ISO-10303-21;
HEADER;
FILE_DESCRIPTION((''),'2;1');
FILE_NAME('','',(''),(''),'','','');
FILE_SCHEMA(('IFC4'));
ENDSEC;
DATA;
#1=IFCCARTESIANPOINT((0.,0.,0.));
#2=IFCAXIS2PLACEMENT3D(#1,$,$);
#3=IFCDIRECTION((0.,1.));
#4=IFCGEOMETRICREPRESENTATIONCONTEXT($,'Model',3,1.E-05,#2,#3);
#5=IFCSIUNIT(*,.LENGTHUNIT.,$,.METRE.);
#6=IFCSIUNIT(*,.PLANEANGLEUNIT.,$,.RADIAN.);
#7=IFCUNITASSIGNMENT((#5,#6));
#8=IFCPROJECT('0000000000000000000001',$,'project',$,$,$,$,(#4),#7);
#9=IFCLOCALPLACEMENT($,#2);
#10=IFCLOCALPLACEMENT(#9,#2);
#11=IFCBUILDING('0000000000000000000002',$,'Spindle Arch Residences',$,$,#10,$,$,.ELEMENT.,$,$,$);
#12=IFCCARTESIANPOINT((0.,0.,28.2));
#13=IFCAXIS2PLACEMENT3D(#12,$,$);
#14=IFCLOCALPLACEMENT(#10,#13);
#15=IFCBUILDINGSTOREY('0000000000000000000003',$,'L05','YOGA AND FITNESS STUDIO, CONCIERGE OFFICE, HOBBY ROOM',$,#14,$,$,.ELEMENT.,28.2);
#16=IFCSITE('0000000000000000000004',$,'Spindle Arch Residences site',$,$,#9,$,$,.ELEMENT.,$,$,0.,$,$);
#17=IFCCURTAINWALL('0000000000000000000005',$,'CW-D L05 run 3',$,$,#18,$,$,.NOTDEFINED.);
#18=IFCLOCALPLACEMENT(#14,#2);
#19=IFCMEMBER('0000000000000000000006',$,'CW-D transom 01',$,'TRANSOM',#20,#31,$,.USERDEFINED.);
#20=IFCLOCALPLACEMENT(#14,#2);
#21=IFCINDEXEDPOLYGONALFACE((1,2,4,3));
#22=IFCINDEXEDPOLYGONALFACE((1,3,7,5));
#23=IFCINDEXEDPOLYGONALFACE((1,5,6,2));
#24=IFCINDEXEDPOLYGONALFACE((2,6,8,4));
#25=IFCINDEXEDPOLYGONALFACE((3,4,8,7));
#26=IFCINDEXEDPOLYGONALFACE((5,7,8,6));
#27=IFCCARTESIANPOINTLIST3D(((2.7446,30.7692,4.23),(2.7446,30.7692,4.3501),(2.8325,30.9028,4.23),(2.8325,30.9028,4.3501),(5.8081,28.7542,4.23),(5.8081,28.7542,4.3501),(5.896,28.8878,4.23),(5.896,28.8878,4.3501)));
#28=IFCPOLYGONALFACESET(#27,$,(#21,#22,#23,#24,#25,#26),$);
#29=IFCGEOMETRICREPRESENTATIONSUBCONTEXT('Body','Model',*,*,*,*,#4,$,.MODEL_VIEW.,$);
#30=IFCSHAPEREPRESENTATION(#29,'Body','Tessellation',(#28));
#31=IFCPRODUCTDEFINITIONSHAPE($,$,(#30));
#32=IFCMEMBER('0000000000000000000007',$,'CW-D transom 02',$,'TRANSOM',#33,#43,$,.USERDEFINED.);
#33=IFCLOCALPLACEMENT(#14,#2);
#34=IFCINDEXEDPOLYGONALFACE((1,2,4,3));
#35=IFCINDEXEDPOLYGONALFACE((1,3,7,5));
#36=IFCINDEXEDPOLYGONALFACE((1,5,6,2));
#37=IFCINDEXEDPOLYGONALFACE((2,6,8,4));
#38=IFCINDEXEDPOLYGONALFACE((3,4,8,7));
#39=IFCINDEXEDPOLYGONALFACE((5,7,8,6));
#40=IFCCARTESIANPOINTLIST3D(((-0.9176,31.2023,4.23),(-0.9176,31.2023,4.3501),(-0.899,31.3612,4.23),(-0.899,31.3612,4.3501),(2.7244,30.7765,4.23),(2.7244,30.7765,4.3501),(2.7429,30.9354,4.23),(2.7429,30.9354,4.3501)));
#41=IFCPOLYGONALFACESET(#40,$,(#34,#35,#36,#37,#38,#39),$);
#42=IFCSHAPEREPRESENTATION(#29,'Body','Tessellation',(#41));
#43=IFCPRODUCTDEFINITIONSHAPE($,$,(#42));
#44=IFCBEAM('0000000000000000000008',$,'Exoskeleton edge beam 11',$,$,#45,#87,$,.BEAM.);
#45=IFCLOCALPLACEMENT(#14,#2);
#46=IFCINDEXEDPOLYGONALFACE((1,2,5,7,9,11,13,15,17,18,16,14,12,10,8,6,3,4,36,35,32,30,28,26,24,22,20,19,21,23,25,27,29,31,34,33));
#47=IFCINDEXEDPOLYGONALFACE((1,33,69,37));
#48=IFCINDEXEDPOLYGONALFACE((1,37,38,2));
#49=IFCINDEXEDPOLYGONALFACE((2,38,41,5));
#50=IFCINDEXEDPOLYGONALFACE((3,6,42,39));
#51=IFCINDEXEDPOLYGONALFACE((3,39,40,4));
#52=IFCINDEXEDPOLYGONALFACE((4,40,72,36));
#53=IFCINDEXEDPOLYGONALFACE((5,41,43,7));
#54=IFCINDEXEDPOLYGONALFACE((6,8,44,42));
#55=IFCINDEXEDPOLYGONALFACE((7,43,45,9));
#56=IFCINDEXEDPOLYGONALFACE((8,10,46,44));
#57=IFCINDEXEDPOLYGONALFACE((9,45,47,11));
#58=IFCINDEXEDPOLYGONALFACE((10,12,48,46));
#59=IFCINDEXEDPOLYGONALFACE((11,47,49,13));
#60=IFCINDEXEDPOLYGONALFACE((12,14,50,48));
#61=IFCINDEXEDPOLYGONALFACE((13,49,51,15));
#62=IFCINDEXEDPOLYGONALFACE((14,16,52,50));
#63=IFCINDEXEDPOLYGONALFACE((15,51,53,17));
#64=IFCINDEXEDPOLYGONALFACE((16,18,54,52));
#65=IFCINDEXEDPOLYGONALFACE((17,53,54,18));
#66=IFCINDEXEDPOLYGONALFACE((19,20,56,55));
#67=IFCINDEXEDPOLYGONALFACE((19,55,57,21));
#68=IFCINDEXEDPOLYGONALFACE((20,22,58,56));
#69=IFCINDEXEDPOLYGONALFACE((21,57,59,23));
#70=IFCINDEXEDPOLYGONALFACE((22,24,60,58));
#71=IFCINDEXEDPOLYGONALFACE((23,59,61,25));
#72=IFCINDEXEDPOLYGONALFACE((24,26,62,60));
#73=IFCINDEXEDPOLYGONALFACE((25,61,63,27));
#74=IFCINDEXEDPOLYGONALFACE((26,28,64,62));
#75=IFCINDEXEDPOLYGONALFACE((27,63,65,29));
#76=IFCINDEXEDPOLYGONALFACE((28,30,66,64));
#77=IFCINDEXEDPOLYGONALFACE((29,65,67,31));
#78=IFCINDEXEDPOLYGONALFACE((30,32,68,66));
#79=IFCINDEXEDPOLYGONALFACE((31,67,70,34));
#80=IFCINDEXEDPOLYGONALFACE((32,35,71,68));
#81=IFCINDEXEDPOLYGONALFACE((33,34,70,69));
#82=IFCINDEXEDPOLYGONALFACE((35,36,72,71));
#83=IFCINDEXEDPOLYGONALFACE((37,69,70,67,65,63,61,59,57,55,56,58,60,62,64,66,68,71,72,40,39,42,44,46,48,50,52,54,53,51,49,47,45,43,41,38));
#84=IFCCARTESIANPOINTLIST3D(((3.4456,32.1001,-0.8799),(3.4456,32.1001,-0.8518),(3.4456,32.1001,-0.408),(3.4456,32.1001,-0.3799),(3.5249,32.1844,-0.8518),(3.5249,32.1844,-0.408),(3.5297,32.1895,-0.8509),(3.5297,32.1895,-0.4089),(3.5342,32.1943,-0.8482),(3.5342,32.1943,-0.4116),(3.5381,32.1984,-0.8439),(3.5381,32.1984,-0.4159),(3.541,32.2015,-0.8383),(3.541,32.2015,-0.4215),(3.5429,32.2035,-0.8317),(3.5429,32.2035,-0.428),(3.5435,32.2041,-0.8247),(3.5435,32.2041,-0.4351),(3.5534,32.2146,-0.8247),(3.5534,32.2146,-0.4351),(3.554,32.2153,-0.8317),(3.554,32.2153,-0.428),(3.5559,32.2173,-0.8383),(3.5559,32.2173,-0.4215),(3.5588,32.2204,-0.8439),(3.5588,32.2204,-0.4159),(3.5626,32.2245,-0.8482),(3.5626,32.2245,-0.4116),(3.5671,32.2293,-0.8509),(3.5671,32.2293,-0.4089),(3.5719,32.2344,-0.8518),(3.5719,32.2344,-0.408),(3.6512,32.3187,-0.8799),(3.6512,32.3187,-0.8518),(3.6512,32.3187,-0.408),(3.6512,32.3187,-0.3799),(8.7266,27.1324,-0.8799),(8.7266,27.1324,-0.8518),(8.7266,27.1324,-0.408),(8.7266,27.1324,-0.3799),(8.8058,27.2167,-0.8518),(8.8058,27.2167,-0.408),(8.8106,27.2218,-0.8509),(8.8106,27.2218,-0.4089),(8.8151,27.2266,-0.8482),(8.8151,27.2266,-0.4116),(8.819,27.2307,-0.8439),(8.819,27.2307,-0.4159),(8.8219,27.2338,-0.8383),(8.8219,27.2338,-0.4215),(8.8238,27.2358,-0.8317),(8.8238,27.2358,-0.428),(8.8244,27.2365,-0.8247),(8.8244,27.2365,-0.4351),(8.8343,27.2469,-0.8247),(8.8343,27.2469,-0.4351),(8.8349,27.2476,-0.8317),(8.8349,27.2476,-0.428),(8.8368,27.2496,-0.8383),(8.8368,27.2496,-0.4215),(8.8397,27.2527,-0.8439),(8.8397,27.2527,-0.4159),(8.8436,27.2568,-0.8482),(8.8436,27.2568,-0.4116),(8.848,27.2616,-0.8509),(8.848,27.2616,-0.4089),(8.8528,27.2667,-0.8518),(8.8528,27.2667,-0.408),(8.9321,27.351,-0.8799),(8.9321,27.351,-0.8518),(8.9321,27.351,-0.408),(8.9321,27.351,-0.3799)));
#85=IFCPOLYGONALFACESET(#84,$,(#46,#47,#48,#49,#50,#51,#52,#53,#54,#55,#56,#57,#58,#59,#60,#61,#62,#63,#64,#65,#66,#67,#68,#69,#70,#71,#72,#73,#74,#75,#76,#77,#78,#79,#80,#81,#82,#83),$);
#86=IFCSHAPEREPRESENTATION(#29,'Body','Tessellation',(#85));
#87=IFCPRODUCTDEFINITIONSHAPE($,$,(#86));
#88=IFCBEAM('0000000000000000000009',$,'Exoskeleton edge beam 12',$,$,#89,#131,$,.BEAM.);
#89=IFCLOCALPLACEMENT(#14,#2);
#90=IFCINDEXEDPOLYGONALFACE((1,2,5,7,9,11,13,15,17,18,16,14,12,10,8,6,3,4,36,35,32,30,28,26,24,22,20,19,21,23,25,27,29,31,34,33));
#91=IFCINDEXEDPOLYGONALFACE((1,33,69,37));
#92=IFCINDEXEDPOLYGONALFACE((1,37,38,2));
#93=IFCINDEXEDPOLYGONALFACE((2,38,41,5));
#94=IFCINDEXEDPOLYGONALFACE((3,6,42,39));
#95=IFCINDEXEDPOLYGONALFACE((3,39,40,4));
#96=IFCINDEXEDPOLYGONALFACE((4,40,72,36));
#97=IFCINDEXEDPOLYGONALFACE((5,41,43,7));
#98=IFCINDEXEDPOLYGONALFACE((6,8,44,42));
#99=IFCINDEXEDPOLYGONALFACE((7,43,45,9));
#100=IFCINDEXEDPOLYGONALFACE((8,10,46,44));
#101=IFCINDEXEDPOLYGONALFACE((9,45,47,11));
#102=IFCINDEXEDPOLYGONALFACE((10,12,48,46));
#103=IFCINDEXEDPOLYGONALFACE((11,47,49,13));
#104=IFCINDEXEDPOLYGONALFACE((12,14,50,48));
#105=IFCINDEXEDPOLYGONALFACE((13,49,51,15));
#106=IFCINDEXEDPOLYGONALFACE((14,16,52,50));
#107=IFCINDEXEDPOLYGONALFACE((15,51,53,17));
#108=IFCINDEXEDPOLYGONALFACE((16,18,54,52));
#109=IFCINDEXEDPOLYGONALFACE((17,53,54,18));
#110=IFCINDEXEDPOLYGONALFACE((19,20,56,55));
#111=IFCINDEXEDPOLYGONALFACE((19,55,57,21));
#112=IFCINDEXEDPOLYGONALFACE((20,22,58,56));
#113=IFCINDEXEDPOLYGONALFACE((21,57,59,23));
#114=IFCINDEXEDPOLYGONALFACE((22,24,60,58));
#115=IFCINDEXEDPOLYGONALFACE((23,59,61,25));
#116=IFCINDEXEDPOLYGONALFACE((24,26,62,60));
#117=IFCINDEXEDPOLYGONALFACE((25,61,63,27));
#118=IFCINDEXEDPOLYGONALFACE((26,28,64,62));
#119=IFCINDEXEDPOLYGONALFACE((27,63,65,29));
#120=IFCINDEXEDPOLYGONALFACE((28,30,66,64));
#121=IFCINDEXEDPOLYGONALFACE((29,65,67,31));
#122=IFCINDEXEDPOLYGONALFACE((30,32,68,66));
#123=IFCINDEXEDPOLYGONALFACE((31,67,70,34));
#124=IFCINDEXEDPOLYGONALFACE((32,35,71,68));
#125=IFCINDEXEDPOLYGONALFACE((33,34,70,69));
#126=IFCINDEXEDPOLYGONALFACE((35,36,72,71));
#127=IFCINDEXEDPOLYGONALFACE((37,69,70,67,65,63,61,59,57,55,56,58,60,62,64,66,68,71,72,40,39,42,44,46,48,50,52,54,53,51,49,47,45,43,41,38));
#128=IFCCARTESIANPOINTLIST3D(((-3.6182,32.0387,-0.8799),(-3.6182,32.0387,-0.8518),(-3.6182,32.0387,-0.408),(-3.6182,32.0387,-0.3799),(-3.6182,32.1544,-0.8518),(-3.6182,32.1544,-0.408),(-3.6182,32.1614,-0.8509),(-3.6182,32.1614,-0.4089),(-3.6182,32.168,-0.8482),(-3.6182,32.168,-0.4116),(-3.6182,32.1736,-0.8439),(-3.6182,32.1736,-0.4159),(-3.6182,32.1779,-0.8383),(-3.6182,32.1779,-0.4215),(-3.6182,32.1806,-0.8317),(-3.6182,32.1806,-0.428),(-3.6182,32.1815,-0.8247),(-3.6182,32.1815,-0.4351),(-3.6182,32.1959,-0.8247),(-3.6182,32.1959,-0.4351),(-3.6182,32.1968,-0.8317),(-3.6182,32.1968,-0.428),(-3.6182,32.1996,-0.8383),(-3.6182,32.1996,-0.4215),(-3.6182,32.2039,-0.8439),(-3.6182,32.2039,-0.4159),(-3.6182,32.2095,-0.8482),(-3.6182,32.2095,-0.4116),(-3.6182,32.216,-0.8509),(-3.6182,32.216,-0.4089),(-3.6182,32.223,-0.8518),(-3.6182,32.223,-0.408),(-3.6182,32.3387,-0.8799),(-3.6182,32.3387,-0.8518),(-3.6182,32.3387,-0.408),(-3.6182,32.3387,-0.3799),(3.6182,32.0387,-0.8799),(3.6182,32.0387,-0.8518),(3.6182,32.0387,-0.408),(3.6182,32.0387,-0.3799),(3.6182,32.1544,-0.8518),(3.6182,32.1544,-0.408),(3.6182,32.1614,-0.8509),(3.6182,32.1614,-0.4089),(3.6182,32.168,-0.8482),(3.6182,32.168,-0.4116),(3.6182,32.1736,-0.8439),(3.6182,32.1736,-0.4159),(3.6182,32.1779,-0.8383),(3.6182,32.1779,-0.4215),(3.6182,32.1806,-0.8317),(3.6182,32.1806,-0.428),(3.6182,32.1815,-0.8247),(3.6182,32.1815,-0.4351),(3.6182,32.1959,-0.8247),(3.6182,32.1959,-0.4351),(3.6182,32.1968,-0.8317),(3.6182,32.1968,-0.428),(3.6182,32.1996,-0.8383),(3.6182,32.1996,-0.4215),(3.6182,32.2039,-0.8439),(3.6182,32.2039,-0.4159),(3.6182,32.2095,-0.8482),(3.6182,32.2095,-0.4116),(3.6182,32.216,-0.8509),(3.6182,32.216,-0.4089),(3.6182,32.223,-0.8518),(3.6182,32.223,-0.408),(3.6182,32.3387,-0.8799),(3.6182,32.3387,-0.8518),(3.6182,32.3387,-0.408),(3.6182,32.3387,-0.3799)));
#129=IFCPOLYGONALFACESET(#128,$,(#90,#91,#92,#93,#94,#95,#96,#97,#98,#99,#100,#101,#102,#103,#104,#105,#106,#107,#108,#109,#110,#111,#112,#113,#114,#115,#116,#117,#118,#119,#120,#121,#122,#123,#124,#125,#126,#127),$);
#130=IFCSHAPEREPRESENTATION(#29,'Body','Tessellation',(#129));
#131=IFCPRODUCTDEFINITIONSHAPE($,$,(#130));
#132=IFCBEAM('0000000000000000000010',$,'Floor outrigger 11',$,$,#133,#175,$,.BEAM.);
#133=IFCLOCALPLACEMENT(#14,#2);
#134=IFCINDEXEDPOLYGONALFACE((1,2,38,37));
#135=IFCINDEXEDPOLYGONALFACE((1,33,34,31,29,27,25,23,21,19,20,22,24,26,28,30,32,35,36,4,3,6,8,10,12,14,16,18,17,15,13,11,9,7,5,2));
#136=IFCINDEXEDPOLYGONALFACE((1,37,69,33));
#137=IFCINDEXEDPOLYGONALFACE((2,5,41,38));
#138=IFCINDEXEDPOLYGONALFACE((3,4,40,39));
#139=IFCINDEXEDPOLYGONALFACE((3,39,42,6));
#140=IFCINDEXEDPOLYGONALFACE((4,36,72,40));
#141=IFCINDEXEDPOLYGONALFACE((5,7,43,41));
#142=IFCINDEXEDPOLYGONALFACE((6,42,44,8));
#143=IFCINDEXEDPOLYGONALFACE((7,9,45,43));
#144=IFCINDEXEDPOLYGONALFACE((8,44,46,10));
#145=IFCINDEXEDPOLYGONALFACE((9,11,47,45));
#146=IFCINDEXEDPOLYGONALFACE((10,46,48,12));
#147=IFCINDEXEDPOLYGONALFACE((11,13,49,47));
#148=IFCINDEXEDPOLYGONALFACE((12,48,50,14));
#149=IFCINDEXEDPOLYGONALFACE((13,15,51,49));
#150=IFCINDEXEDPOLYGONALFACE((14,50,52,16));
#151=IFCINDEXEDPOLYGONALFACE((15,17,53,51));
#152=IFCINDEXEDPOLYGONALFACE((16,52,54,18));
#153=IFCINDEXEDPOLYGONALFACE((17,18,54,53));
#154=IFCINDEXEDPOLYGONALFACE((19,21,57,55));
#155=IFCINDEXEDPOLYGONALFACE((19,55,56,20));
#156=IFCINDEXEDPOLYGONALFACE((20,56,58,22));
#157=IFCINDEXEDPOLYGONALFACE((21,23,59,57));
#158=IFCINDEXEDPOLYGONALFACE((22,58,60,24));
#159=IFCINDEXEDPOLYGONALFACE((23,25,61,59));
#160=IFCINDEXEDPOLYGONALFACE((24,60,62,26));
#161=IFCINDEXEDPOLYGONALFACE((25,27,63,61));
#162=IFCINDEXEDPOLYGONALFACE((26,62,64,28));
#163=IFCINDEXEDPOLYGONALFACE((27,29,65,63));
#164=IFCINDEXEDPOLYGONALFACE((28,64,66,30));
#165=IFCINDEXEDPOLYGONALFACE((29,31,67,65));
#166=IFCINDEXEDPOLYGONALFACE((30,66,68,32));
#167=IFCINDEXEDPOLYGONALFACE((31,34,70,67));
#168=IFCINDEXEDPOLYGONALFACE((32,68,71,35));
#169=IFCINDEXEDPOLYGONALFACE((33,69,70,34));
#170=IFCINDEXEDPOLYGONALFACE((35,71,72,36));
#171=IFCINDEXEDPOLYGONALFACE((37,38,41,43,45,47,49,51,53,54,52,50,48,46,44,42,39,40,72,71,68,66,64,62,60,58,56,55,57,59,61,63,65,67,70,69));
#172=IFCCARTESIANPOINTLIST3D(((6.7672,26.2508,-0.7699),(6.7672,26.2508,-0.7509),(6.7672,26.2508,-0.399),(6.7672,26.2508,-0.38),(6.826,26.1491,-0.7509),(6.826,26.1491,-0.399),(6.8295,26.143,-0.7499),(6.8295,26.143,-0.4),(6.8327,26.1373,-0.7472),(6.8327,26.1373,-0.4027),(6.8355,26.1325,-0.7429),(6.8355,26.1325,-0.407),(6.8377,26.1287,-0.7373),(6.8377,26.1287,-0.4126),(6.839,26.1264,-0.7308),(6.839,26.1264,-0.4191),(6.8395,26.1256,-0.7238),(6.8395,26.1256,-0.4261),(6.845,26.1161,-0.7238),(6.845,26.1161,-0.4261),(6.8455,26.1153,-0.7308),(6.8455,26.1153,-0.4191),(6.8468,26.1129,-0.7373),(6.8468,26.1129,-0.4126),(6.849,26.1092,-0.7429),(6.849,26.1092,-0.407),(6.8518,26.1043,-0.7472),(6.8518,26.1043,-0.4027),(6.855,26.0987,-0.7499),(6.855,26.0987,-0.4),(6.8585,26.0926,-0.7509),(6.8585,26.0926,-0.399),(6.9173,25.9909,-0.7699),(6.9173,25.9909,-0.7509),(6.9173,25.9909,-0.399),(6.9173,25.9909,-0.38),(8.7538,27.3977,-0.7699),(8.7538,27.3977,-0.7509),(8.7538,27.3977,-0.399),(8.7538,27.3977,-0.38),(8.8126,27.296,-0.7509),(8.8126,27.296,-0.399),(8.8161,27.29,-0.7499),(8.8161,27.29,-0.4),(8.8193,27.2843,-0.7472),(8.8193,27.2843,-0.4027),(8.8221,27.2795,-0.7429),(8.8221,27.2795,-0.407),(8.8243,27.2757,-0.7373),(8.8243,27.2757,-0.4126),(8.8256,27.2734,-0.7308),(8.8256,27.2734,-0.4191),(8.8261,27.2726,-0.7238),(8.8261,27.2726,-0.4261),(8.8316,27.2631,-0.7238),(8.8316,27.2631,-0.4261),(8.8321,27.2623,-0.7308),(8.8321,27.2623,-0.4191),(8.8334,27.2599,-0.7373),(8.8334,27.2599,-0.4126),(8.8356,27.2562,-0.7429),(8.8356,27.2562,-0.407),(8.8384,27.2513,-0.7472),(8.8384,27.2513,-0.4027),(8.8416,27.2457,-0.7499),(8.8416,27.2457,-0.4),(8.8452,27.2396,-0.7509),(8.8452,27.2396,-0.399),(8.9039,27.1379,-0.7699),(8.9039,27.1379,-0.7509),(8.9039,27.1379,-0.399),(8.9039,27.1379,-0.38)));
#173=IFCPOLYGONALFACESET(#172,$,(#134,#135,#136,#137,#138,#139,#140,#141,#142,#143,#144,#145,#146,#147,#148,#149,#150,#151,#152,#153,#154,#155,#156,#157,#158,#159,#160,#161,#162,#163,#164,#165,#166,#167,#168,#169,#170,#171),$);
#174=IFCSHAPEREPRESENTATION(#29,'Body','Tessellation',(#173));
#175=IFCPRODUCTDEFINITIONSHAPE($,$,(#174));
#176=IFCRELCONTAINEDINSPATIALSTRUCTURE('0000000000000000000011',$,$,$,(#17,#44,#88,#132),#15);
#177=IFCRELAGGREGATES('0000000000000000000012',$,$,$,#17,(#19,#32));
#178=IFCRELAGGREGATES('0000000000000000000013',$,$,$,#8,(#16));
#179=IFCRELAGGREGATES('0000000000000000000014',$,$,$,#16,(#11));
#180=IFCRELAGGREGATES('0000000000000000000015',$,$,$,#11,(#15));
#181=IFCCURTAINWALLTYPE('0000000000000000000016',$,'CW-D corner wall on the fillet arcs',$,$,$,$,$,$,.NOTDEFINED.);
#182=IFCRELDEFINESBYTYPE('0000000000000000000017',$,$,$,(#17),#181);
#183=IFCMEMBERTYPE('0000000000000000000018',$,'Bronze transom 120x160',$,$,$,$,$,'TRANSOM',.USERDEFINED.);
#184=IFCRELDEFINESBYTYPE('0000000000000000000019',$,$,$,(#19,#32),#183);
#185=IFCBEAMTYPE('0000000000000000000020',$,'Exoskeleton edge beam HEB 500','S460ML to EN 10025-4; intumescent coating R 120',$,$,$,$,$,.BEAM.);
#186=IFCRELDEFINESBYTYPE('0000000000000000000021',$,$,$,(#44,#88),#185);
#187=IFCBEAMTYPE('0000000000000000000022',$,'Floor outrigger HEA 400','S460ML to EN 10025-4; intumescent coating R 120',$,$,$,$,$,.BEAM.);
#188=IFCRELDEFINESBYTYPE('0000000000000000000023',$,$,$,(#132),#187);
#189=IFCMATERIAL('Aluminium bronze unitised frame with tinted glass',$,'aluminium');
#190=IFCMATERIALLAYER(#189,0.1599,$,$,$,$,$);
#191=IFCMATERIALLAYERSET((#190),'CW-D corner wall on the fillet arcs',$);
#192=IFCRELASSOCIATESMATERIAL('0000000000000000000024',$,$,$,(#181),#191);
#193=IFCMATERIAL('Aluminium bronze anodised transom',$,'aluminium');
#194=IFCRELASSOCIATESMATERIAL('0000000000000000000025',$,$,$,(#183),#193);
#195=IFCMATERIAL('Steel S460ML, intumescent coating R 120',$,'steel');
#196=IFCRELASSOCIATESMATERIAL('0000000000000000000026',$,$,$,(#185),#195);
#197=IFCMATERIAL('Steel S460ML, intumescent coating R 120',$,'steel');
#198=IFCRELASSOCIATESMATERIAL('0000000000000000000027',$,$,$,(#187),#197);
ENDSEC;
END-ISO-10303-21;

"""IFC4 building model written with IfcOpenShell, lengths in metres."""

from ifc_helpers import new_model, si_unit, direction, frame, origin, origin_2d, place, context, subcontext, project, spatial, rectangle, i_section, extrude, material, layer, layer_set, material_profile, profile_set, type_object, element, aggregate, save


model = new_model("IFC4")

# Units and contexts
model_context = context("Model", 3, precision=1e-05, world=origin(), true_north=direction((0.0, 1.0)))
body_context = subcontext(model_context, "Body", "Model", "MODEL_VIEW")
ifc_project = project(units=[si_unit("LENGTHUNIT", "METRE"), si_unit("PLANEANGLEUNIT", "RADIAN")], contexts=[model_context])

# Site, building, storey
site_placement = place(None, origin())
site = spatial("IfcSite", under=ifc_project, at=site_placement, Name="Spindle Arch Residences site", CompositionType="ELEMENT", RefElevation=0.0)
building_placement = place(site_placement, origin())
building = spatial("IfcBuilding", under=site, at=building_placement, Name="Spindle Arch Residences", CompositionType="ELEMENT")
storey_placement = place(building_placement, frame((0.0, 0.0, 28.2)))
storey = spatial("IfcBuildingStorey", under=building, at=storey_placement, Name="L05", Description="YOGA AND FITNESS STUDIO, CONCIERGE OFFICE, HOBBY ROOM", CompositionType="ELEMENT", Elevation=28.2)

# Curtain wall, members
ifc_material_1 = material(Name="Aluminium bronze unitised frame with tinted glass", Category="aluminium")
ifc_layer_1 = layer(ifc_material_1, 0.1599)
ifc_layer_set_1 = layer_set([ifc_layer_1], Name="CW-D corner wall on the fillet arcs")
curtain_wall_type_1 = type_object("IfcCurtainWallType", Name="CW-D corner wall on the fillet arcs", PredefinedType="NOTDEFINED", material=ifc_layer_set_1)
curtain_wall_1_placement = place(storey_placement, origin())
curtain_wall_1 = element("IfcCurtainWall", 1, at=curtain_wall_1_placement, inside=storey, type_object=curtain_wall_type_1, Name="CW-D L05 run 3", PredefinedType="NOTDEFINED")
ifc_material_2 = material(Name="Aluminium bronze anodised transom", Category="aluminium")
ifc_material_profile_1 = material_profile(ifc_material_2, rectangle(XDim=0.1599, YDim=0.1201, at=origin_2d()), Name="TR 120x160")
ifc_profile_set_1 = profile_set([ifc_material_profile_1], Name="Aluminium bronze anodised transom")
member_type_1 = type_object("IfcMemberType", Name="Bronze transom 120x160", ElementType="TRANSOM", PredefinedType="USERDEFINED", material=ifc_profile_set_1)
member_1_placement = place(storey_placement, frame((5.8521, 28.821, 4.29), z_axis=(-0.835486, 0.549511, 0.0), x_axis=(-0.549511, -0.835486, 0.0)))
member_1 = element("IfcMember", 2, at=member_1_placement, type_object=member_type_1, Name="CW-D transom 01", ObjectType="TRANSOM", PredefinedType="USERDEFINED", context=body_context, shape_type="SweptSolid", body=[
    extrude(rectangle(XDim=0.1599, YDim=0.1201, at=origin_2d()), origin(), (0.0, 0.0, 1.0), 3.6667),
])
member_2_placement = place(storey_placement, frame((2.7336, 30.856, 4.29), z_axis=(-0.993235, 0.116123, 0.0), x_axis=(-0.116123, -0.993235, 0.0)))
member_2 = element("IfcMember", 3, at=member_2_placement, type_object=member_type_1, Name="CW-D transom 02", ObjectType="TRANSOM", PredefinedType="USERDEFINED", context=body_context, shape_type="SweptSolid", body=[
    extrude(rectangle(XDim=0.1599, YDim=0.1201, at=origin_2d()), origin(), (0.0, 0.0, 1.0), 3.6667),
])

# Beams
ifc_material_3 = material(Name="Steel S460ML, intumescent coating R 120", Category="steel")
ifc_material_profile_2 = material_profile(ifc_material_3, i_section(OverallWidth=0.3, OverallDepth=0.5, WebThickness=0.0144, FlangeThickness=0.0281, FilletRadius=0.0271, at=origin_2d()), Name="HEB 500")
ifc_profile_set_2 = profile_set([ifc_material_profile_2], Name="Steel S460ML, intumescent coating R 120")
beam_type_1 = type_object("IfcBeamType", Name="Exoskeleton edge beam HEB 500", Description="S460ML to EN 10025-4; intumescent coating R 120", PredefinedType="BEAM", material=ifc_profile_set_2)
beam_1_placement = place(storey_placement, frame((8.8293, 27.2417, -0.6299), z_axis=(-0.728378, 0.685176, 0.0), x_axis=(-0.685176, -0.728378, 0.0)))
element("IfcBeam", 4, at=beam_1_placement, inside=storey, type_object=beam_type_1, Name="Exoskeleton edge beam 11", PredefinedType="BEAM", context=body_context, shape_type="SweptSolid", body=[
    extrude(i_section(OverallWidth=0.3, OverallDepth=0.5, WebThickness=0.0144, FlangeThickness=0.0281, FilletRadius=0.0271, at=origin_2d()), origin(), (0.0, 0.0, 1.0), 7.2502),
])
beam_2_placement = place(storey_placement, frame((3.6182, 32.1887, -0.6299), z_axis=(-1.0, 0.0, 0.0), x_axis=(0.0, -1.0, 0.0)))
element("IfcBeam", 5, at=beam_2_placement, inside=storey, type_object=beam_type_1, Name="Exoskeleton edge beam 12", PredefinedType="BEAM", context=body_context, shape_type="SweptSolid", body=[
    extrude(i_section(OverallWidth=0.3, OverallDepth=0.5, WebThickness=0.0144, FlangeThickness=0.0281, FilletRadius=0.0271, at=origin_2d()), origin(), (0.0, 0.0, 1.0), 7.2363),
])
ifc_material_4 = material(Name="Steel S460ML, intumescent coating R 120", Category="steel")
ifc_material_profile_3 = material_profile(ifc_material_4, i_section(OverallWidth=0.3, OverallDepth=0.3899, WebThickness=0.011, FlangeThickness=0.019, FilletRadius=0.0271, at=origin_2d()), Name="HEA 400")
ifc_profile_set_3 = profile_set([ifc_material_profile_3], Name="Steel S460ML, intumescent coating R 120")
beam_type_2 = type_object("IfcBeamType", Name="Floor outrigger HEA 400", Description="S460ML to EN 10025-4; intumescent coating R 120", PredefinedType="BEAM", material=ifc_profile_set_3)
beam_3_placement = place(storey_placement, frame((8.8289, 27.2678, -0.575), z_axis=(-0.866021, -0.500008, 0.0), x_axis=(0.500008, -0.866021, 0.0)))
element("IfcBeam", 6, at=beam_3_placement, inside=storey, type_object=beam_type_2, Name="Floor outrigger 11", PredefinedType="BEAM", context=body_context, shape_type="SweptSolid", body=[
    extrude(i_section(OverallWidth=0.3, OverallDepth=0.3899, WebThickness=0.011, FlangeThickness=0.019, FilletRadius=0.0271, at=origin_2d()), origin(), (0.0, 0.0, 1.0), 2.2939),
])

aggregate(curtain_wall_1, [member_1, member_2])

save(model, "model.ifc")
